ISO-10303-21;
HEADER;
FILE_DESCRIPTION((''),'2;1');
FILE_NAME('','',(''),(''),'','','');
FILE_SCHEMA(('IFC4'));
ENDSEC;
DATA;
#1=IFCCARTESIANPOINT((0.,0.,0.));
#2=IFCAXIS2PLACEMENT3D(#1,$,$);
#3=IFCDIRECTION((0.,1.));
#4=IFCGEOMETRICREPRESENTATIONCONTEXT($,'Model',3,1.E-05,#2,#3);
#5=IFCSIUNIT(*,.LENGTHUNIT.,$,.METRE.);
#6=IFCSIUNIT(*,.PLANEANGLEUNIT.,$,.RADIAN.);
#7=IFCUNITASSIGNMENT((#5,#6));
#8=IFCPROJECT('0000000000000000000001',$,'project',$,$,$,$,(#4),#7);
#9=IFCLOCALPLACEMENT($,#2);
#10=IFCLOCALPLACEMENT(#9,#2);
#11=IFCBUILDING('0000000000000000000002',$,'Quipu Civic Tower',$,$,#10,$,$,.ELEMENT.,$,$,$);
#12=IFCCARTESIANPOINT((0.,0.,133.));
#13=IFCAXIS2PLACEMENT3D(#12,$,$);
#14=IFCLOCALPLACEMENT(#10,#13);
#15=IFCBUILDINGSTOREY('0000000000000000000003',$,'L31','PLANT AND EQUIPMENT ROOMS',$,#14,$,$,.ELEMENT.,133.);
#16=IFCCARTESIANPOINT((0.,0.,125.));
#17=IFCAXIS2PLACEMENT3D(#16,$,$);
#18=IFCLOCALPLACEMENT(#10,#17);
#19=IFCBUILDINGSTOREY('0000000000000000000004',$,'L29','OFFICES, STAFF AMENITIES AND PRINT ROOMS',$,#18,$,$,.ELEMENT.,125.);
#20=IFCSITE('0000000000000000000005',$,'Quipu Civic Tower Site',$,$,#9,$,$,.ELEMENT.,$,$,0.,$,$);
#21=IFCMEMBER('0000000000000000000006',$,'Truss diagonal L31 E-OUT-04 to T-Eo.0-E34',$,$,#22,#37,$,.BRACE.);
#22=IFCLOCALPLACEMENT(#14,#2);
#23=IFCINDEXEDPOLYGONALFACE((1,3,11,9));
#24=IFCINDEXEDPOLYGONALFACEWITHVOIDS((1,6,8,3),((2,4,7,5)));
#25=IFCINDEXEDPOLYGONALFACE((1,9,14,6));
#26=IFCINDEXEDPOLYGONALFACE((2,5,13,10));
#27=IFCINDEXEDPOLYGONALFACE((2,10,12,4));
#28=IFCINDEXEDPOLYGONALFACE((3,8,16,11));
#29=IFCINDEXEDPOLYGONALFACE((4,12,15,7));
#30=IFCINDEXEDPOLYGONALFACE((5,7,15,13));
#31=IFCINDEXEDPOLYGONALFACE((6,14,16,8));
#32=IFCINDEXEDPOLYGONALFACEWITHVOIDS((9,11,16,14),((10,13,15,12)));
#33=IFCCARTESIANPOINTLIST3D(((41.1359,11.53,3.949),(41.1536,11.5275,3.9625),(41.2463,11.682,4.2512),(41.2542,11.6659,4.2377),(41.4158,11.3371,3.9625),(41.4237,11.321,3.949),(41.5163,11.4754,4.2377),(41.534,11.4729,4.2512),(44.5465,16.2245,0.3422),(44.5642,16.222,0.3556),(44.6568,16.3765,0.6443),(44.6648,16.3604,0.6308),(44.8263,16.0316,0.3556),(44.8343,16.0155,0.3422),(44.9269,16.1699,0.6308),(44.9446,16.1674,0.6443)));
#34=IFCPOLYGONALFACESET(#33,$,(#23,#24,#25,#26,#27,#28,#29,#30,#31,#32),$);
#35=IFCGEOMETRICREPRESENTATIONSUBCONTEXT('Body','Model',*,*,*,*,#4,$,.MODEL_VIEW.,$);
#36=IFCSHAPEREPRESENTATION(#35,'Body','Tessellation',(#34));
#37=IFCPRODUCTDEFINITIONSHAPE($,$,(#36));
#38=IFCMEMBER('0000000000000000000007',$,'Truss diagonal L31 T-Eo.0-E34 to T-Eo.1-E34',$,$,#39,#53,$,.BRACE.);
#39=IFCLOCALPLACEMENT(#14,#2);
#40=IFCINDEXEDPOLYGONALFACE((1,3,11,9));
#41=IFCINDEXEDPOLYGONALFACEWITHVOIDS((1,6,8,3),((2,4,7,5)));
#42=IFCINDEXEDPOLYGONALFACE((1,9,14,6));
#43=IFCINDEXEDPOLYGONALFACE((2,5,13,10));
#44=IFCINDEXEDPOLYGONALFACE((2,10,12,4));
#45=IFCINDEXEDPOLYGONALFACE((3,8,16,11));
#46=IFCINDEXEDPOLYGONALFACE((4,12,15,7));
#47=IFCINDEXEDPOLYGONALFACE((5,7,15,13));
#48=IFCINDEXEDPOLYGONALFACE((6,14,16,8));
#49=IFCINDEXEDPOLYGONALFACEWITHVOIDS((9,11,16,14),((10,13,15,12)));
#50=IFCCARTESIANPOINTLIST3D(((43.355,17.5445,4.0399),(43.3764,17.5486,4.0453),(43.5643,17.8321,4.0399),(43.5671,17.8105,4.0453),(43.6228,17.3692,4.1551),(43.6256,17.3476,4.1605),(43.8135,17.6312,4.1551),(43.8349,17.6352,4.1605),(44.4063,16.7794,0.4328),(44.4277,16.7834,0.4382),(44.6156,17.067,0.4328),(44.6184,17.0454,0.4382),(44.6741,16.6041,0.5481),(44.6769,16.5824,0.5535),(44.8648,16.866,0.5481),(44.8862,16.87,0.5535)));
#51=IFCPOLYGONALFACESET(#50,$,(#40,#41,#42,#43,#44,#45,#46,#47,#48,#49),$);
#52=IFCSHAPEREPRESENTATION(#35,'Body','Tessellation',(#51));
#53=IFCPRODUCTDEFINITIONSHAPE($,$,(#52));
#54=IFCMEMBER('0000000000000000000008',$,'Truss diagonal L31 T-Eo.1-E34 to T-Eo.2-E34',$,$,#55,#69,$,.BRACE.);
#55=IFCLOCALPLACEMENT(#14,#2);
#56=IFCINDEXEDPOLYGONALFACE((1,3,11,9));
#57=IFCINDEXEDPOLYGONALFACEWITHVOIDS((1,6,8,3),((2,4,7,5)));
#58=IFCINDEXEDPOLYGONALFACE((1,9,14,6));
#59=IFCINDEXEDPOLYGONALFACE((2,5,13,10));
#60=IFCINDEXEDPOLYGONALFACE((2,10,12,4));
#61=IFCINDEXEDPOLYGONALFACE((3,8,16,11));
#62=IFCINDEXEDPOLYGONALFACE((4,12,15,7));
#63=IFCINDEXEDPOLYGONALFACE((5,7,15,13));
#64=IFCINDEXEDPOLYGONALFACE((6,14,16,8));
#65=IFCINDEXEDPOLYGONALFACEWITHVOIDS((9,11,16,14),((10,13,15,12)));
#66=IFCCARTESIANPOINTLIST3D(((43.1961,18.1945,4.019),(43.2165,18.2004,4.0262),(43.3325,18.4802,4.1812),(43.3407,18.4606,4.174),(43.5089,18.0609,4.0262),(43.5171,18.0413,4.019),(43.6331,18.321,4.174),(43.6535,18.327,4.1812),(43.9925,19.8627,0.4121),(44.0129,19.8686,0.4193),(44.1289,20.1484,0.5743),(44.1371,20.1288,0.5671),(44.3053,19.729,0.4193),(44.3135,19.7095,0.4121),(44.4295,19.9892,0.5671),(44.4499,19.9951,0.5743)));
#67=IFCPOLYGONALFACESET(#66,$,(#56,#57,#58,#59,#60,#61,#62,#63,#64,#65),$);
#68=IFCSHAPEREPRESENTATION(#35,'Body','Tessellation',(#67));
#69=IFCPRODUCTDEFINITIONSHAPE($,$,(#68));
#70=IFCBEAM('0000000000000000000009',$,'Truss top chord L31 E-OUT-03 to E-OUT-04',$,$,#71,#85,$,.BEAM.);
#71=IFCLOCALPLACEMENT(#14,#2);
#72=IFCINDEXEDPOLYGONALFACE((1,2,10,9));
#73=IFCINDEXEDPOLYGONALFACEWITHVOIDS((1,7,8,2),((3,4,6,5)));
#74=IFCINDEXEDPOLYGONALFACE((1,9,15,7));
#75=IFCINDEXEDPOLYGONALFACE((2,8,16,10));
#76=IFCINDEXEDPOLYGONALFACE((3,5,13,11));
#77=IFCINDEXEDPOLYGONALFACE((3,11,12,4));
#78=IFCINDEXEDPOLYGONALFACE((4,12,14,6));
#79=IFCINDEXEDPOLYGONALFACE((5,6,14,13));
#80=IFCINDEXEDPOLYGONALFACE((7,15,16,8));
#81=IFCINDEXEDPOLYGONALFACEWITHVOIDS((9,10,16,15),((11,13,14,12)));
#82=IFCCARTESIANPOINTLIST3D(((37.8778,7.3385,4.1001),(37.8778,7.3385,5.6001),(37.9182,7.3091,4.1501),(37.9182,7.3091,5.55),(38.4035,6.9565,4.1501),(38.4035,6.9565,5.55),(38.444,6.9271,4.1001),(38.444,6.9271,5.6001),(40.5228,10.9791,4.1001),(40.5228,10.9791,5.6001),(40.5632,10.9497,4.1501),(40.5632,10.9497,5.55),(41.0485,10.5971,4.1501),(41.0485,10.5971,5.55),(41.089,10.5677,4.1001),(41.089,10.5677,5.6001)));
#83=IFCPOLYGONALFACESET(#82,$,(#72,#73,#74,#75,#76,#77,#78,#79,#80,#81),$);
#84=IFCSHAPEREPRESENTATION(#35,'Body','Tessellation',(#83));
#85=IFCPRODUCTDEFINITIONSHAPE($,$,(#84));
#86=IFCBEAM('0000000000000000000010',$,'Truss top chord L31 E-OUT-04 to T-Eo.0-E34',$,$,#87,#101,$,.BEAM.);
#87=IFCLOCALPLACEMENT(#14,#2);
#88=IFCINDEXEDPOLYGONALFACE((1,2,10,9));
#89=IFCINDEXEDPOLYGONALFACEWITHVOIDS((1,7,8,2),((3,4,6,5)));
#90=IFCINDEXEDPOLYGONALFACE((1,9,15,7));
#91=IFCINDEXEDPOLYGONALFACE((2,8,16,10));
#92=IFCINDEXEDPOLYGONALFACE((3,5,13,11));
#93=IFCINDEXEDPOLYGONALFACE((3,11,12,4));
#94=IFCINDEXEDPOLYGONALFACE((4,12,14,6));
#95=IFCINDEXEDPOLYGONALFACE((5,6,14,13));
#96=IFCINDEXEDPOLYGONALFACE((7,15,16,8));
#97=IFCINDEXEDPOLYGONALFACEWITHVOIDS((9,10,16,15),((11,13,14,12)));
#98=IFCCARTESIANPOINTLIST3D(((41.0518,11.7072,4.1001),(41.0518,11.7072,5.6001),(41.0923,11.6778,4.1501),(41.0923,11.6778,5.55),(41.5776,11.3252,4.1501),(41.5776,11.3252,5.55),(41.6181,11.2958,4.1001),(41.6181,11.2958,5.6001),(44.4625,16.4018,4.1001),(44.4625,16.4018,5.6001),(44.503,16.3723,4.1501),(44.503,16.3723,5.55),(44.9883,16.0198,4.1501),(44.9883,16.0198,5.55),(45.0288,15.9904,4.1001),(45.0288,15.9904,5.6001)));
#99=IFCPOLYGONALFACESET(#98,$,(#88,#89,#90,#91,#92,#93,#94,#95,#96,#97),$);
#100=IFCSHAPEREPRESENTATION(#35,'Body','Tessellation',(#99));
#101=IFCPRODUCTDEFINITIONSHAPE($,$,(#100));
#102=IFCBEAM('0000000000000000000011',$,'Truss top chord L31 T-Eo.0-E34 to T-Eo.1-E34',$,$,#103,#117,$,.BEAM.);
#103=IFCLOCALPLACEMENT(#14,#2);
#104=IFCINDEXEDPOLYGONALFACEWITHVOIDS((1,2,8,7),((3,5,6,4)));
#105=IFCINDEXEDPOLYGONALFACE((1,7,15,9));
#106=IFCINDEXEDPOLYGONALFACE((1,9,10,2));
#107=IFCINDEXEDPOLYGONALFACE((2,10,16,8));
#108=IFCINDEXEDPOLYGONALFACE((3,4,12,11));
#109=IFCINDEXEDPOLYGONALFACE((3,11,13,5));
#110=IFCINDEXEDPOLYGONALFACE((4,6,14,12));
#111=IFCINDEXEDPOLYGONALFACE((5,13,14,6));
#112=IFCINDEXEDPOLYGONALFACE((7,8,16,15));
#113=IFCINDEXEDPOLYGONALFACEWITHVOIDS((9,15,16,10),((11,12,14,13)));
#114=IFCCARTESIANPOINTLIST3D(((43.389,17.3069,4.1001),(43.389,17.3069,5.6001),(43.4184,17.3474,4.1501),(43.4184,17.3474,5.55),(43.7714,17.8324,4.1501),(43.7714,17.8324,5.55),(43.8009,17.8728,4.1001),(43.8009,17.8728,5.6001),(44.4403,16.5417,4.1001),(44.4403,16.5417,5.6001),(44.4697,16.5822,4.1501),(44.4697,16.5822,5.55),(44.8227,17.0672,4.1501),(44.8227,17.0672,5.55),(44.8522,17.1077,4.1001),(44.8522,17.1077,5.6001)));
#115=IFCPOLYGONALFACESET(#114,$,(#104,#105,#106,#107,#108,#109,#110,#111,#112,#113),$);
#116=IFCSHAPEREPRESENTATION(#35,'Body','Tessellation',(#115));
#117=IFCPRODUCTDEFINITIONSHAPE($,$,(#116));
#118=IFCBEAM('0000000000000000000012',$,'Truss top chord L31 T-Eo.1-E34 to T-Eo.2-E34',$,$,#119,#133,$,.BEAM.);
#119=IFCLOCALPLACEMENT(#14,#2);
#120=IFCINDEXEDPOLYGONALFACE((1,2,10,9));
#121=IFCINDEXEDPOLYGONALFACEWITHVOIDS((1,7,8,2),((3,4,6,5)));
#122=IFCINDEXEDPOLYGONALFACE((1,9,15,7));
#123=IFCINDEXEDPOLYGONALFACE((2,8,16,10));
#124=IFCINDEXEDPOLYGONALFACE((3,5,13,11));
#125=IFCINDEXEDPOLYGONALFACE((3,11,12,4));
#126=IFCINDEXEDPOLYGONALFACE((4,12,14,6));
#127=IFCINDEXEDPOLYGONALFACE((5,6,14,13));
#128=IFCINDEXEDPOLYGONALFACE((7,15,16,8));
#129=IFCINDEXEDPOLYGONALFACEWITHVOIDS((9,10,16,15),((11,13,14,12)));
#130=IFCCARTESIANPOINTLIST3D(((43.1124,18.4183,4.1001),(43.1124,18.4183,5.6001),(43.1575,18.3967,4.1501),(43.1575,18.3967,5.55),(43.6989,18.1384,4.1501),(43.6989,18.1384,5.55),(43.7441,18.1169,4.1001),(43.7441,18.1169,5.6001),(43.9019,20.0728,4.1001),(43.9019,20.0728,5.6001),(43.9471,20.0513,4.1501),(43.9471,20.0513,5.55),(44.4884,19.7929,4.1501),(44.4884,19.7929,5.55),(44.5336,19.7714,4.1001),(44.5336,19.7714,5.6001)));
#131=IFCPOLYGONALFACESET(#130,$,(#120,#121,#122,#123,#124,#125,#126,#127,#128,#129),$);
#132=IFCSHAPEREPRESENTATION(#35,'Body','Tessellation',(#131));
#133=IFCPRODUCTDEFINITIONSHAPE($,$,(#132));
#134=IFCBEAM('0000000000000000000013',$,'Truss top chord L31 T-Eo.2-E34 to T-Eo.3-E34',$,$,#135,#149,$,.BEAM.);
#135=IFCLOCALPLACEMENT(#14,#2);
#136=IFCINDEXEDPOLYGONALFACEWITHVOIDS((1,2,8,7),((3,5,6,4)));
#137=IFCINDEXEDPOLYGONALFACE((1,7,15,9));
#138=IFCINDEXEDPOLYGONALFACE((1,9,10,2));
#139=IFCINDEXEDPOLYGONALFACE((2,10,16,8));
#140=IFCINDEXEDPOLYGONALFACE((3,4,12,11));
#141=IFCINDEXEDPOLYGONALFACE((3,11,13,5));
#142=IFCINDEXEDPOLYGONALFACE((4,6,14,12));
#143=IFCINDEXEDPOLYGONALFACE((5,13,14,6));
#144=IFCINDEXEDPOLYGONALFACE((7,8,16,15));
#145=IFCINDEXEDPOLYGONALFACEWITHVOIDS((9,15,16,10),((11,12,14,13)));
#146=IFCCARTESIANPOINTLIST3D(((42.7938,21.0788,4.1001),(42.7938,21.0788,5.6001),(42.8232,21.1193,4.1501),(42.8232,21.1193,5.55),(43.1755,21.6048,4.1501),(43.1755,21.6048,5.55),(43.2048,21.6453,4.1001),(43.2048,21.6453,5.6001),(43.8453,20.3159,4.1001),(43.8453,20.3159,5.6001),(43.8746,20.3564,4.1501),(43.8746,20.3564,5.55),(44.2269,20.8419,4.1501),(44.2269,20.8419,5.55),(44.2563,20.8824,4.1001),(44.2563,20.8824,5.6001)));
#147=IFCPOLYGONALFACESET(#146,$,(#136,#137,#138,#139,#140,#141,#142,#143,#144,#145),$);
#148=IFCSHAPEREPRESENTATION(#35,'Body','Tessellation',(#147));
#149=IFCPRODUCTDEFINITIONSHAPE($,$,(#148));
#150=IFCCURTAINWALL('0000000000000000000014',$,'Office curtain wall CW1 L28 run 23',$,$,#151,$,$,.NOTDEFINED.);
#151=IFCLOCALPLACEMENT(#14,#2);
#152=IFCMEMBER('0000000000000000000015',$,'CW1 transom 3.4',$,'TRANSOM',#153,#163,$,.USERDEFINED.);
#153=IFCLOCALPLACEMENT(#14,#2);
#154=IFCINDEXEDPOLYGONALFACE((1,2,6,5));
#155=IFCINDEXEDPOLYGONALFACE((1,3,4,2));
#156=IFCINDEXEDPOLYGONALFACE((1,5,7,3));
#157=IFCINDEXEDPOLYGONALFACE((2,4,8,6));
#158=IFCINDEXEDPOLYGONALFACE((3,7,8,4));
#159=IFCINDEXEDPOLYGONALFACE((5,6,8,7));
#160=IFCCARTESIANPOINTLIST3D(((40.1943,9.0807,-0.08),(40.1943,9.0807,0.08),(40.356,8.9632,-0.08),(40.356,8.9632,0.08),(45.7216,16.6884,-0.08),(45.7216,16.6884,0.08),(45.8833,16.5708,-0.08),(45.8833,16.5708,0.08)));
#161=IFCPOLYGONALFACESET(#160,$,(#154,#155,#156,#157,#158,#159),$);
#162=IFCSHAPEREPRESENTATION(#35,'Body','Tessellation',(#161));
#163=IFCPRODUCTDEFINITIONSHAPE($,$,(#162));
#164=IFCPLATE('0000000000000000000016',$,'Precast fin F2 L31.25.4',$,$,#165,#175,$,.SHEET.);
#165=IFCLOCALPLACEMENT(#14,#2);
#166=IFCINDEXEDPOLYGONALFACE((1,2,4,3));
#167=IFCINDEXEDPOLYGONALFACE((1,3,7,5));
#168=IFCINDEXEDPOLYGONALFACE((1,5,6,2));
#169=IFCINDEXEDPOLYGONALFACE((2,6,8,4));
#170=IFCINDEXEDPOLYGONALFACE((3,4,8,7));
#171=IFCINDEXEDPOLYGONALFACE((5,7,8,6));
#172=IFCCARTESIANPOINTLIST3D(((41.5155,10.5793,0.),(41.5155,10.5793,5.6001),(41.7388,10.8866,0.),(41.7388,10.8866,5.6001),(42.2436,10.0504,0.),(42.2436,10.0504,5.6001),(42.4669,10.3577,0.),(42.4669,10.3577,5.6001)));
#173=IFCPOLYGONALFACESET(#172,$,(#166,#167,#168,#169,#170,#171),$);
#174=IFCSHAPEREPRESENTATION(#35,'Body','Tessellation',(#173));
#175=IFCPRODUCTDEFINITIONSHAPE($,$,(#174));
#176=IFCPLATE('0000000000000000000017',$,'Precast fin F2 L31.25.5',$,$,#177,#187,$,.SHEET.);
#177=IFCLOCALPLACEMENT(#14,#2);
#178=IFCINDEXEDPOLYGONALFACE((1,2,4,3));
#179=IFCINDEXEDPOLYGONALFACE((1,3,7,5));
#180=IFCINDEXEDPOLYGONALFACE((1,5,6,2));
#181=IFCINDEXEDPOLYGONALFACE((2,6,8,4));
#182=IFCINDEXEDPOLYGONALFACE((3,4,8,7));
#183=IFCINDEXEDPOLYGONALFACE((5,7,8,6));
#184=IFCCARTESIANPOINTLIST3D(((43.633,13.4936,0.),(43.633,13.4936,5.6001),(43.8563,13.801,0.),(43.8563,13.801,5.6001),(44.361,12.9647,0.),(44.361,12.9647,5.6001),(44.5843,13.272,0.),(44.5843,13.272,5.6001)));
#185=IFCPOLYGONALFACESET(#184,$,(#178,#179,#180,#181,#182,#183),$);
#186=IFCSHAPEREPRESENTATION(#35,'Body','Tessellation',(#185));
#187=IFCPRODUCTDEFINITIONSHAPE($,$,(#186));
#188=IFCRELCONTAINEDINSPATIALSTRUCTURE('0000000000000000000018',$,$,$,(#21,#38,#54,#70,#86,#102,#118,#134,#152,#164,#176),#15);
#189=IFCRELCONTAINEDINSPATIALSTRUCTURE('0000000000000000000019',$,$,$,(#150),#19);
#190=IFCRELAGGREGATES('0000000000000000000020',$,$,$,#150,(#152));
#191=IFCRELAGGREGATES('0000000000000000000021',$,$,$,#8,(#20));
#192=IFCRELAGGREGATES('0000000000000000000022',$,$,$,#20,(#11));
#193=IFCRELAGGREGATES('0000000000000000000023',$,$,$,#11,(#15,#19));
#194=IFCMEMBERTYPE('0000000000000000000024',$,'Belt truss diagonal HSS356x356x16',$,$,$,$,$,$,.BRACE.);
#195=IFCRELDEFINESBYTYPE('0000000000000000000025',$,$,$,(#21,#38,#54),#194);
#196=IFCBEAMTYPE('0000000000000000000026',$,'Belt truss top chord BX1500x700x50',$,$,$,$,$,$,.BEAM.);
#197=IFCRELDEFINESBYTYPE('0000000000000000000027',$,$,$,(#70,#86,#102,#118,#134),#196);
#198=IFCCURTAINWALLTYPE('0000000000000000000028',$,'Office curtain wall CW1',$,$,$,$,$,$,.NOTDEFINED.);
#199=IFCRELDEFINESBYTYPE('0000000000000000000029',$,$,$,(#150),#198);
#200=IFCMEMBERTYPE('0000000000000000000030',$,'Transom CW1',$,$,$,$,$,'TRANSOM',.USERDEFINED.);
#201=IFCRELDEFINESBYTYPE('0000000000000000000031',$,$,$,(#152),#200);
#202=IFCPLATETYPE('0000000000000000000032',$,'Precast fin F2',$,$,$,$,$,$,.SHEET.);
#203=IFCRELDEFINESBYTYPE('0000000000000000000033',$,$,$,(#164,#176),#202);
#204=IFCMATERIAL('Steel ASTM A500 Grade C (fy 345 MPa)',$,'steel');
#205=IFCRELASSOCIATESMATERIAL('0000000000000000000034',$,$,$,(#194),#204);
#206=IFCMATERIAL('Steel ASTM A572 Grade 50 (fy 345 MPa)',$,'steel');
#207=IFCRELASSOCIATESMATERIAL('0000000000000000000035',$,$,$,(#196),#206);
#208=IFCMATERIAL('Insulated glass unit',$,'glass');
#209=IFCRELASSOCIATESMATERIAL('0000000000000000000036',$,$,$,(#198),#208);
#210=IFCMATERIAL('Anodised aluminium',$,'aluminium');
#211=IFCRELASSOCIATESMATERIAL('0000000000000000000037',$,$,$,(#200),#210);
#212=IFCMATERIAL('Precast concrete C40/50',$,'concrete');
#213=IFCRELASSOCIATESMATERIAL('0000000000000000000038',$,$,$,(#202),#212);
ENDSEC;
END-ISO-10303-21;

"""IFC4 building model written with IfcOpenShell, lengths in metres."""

from ifc_helpers import new_model, si_unit, direction, frame, origin, origin_2d, place, context, subcontext, project, spatial, rectangle, hollow_rectangle, extrude, material, material_profile, profile_set, type_object, element, aggregate, save


model = new_model("IFC4")

# Units and contexts
model_context = context("Model", 3, precision=1e-05, world=origin(), true_north=direction((0.0, 1.0)))
body_context = subcontext(model_context, "Body", "Model", "MODEL_VIEW")
ifc_project = project(units=[si_unit("LENGTHUNIT", "METRE"), si_unit("PLANEANGLEUNIT", "RADIAN")], contexts=[model_context])

# Site, building, storey
site_placement = place(None, origin())
site = spatial("IfcSite", under=ifc_project, at=site_placement, Name="Quipu Civic Tower Site", CompositionType="ELEMENT", RefElevation=0.0)
building_placement = place(site_placement, origin())
building = spatial("IfcBuilding", under=site, at=building_placement, Name="Quipu Civic Tower", CompositionType="ELEMENT")
storey_1_placement = place(building_placement, frame((0.0, 0.0, 133.0)))
storey_1 = spatial("IfcBuildingStorey", under=building, at=storey_1_placement, Name="L31", Description="PLANT AND EQUIPMENT ROOMS", CompositionType="ELEMENT", Elevation=133.0)

# Members
ifc_material_1 = material(Name="Steel ASTM A500 Grade C (fy 345 MPa)", Category="steel")
ifc_material_profile_1 = material_profile(ifc_material_1, hollow_rectangle(XDim=0.3557, YDim=0.3557, WallThickness=0.0159, at=origin_2d()), Name="HSS356x356x16")
ifc_profile_set_1 = profile_set([ifc_material_profile_1], Name="Steel ASTM A500 Grade C (fy 345 MPa)")
member_type_1 = type_object("IfcMemberType", Name="Belt truss diagonal HSS356x356x16", PredefinedType="BRACE", material=ifc_profile_set_1)
member_1_placement = place(storey_1_placement, frame((41.335, 11.5015, 4.1001), z_axis=(0.499188, 0.687107, -0.527917), x_axis=(-0.809031, 0.587766, 0.0)))
element("IfcMember", 1, at=member_1_placement, inside=storey_1, type_object=member_type_1, Name="Truss diagonal L31 E-OUT-04 to T-Eo.0-E34", PredefinedType="BRACE", context=body_context, shape_type="SweptSolid", body=[
    extrude(hollow_rectangle(XDim=0.3557, YDim=0.3557, WallThickness=0.0159, at=origin_2d()), origin(), (0.0, 0.0, 1.0), 6.8323),
])
member_2_placement = place(storey_1_placement, frame((44.6462, 16.8247, 0.4932), z_axis=(-0.274187, 0.199559, 0.940743), x_axis=(-0.588462, -0.808525, 0.0)))
element("IfcMember", 2, at=member_2_placement, inside=storey_1, type_object=member_type_1, Name="Truss diagonal L31 T-Eo.0-E34 to T-Eo.1-E34", PredefinedType="BRACE", context=body_context, shape_type="SweptSolid", body=[
    extrude(hollow_rectangle(XDim=0.3557, YDim=0.3557, WallThickness=0.0159, at=origin_2d()), origin(), (0.0, 0.0, 1.0), 3.8342),
])
member_3_placement = place(storey_1_placement, frame((43.4248, 18.2607, 4.1001), z_axis=(0.196491, 0.411595, -0.889933), x_axis=(-0.90244, 0.430815, 0.0)))
element("IfcMember", 3, at=member_3_placement, inside=storey_1, type_object=member_type_1, Name="Truss diagonal L31 T-Eo.1-E34 to T-Eo.2-E34", PredefinedType="BRACE", context=body_context, shape_type="SweptSolid", body=[
    extrude(hollow_rectangle(XDim=0.3557, YDim=0.3557, WallThickness=0.0159, at=origin_2d()), origin(), (0.0, 0.0, 1.0), 4.053),
])

# Beams
ifc_material_2 = material(Name="Steel ASTM A572 Grade 50 (fy 345 MPa)", Category="steel")
ifc_material_profile_2 = material_profile(ifc_material_2, hollow_rectangle(XDim=0.7, YDim=1.5, WallThickness=0.05, at=origin_2d()), Name="BX1500x700x50")
ifc_profile_set_2 = profile_set([ifc_material_profile_2], Name="Steel ASTM A572 Grade 50 (fy 345 MPa)")
beam_type_1 = type_object("IfcBeamType", Name="Belt truss top chord BX1500x700x50", PredefinedType="BEAM", material=ifc_profile_set_2)
beam_1_placement = place(storey_1_placement, frame((38.1609, 7.1328, 4.8501), z_axis=(0.587778, 0.809022, 0.0), x_axis=(-0.809022, 0.587778, 0.0)))
element("IfcBeam", 4, at=beam_1_placement, inside=storey_1, type_object=beam_type_1, Name="Truss top chord L31 E-OUT-03 to E-OUT-04", PredefinedType="BEAM", context=body_context, shape_type="SweptSolid", body=[
    extrude(hollow_rectangle(XDim=0.7, YDim=1.5, WallThickness=0.05, at=origin_2d()), origin(), (0.0, 0.0, 1.0), 4.5),
])
beam_2_placement = place(storey_1_placement, frame((41.335, 11.5015, 4.8501), z_axis=(0.587766, 0.809031, 0.0), x_axis=(-0.809031, 0.587766, 0.0)))
element("IfcBeam", 5, at=beam_2_placement, inside=storey_1, type_object=beam_type_1, Name="Truss top chord L31 E-OUT-04 to T-Eo.0-E34", PredefinedType="BEAM", context=body_context, shape_type="SweptSolid", body=[
    extrude(hollow_rectangle(XDim=0.7, YDim=1.5, WallThickness=0.05, at=origin_2d()), origin(), (0.0, 0.0, 1.0), 5.8027),
])
beam_3_placement = place(storey_1_placement, frame((44.6462, 16.8247, 4.8501), z_axis=(-0.808525, 0.588462, 0.0), x_axis=(-0.588462, -0.808525, 0.0)))
element("IfcBeam", 6, at=beam_3_placement, inside=storey_1, type_object=beam_type_1, Name="Truss top chord L31 T-Eo.0-E34 to T-Eo.1-E34", PredefinedType="BEAM", context=body_context, shape_type="SweptSolid", body=[
    extrude(hollow_rectangle(XDim=0.7, YDim=1.5, WallThickness=0.05, at=origin_2d()), origin(), (0.0, 0.0, 1.0), 1.3003),
])
beam_4_placement = place(storey_1_placement, frame((43.4282, 18.2676, 4.8501), z_axis=(0.430678, 0.902506, 0.0), x_axis=(-0.902506, 0.430678, 0.0)))
element("IfcBeam", 7, at=beam_4_placement, inside=storey_1, type_object=beam_type_1, Name="Truss top chord L31 T-Eo.1-E34 to T-Eo.2-E34", PredefinedType="BEAM", context=body_context, shape_type="SweptSolid", body=[
    extrude(hollow_rectangle(XDim=0.7, YDim=1.5, WallThickness=0.05, at=origin_2d()), origin(), (0.0, 0.0, 1.0), 1.8333),
])
beam_5_placement = place(storey_1_placement, frame((44.0508, 20.5991, 4.8501), z_axis=(-0.809394, 0.587266, 0.0), x_axis=(-0.587266, -0.809394, 0.0)))
element("IfcBeam", 8, at=beam_5_placement, inside=storey_1, type_object=beam_type_1, Name="Truss top chord L31 T-Eo.2-E34 to T-Eo.3-E34", PredefinedType="BEAM", context=body_context, shape_type="SweptSolid", body=[
    extrude(hollow_rectangle(XDim=0.7, YDim=1.5, WallThickness=0.05, at=origin_2d()), origin(), (0.0, 0.0, 1.0), 1.2991),
])

# Shared definitions
storey_2_placement = place(building_placement, frame((0.0, 0.0, 125.0)))
storey_2 = spatial("IfcBuildingStorey", under=building, at=storey_2_placement, Name="L29", Description="OFFICES, STAFF AMENITIES AND PRINT ROOMS", CompositionType="ELEMENT", Elevation=125.0)

# Curtain wall, member
ifc_material_3 = material(Name="Insulated glass unit", Category="glass")
curtain_wall_type = type_object("IfcCurtainWallType", Name="Office curtain wall CW1", PredefinedType="NOTDEFINED", material=ifc_material_3)
curtain_wall_placement = place(storey_2_placement, origin())
curtain_wall = element("IfcCurtainWall", 9, at=curtain_wall_placement, inside=storey_2, type_object=curtain_wall_type, Name="Office curtain wall CW1 L28 run 23", PredefinedType="NOTDEFINED")
ifc_material_4 = material(Name="Anodised aluminium", Category="aluminium")
ifc_material_profile_3 = material_profile(ifc_material_4, rectangle(XDim=0.2, YDim=0.1599, at=origin_2d()), Name="RECT 200x160")
ifc_profile_set_3 = profile_set([ifc_material_profile_3], Name="Anodised aluminium")
member_type_2 = type_object("IfcMemberType", Name="Transom CW1", ElementType="TRANSOM", PredefinedType="USERDEFINED", material=ifc_profile_set_3)
member_4_placement = place(storey_1_placement, frame((40.2751, 9.022, 0.0), z_axis=(0.587789, 0.809014, 0.0), x_axis=(-0.809014, 0.587789, 0.0)))
member_4 = element("IfcMember", 10, at=member_4_placement, inside=storey_1, type_object=member_type_2, Name="CW1 transom 3.4", ObjectType="TRANSOM", PredefinedType="USERDEFINED", context=body_context, shape_type="SweptSolid", body=[
    extrude(rectangle(XDim=0.2, YDim=0.1599, at=origin_2d()), origin(), (0.0, 0.0, 1.0), 9.4036),
])
aggregate(curtain_wall, [member_4])

# Plates
ifc_material_5 = material(Name="Precast concrete C40/50", Category="concrete")
plate_type = type_object("IfcPlateType", Name="Precast fin F2", PredefinedType="SHEET", material=ifc_material_5)
for number, where, z_axis, x_axis, name in (
    (11, (41.9912, 10.4685, 0.0), (0.0, 0.0, 1.0), (0.587786, 0.809017, 0.0), "Precast fin F2 L31.25.4"),
    (12, (44.1086, 13.3828, 0.0), (0.0, 0.0, 1.0), (0.587786, 0.809017, 0.0), "Precast fin F2 L31.25.5"),
):
    element("IfcPlate", number, at=place(storey_1_placement, frame(where, z_axis=z_axis, x_axis=x_axis)), inside=storey_1, type_object=plate_type, Name=name, PredefinedType="SHEET", context=body_context, shape_type="SweptSolid", body=[
        extrude(rectangle(XDim=0.3799, YDim=0.8999, at=origin_2d()), origin(), (0.0, 0.0, 1.0), 5.6001),
    ])

save(model, "model.ifc")
